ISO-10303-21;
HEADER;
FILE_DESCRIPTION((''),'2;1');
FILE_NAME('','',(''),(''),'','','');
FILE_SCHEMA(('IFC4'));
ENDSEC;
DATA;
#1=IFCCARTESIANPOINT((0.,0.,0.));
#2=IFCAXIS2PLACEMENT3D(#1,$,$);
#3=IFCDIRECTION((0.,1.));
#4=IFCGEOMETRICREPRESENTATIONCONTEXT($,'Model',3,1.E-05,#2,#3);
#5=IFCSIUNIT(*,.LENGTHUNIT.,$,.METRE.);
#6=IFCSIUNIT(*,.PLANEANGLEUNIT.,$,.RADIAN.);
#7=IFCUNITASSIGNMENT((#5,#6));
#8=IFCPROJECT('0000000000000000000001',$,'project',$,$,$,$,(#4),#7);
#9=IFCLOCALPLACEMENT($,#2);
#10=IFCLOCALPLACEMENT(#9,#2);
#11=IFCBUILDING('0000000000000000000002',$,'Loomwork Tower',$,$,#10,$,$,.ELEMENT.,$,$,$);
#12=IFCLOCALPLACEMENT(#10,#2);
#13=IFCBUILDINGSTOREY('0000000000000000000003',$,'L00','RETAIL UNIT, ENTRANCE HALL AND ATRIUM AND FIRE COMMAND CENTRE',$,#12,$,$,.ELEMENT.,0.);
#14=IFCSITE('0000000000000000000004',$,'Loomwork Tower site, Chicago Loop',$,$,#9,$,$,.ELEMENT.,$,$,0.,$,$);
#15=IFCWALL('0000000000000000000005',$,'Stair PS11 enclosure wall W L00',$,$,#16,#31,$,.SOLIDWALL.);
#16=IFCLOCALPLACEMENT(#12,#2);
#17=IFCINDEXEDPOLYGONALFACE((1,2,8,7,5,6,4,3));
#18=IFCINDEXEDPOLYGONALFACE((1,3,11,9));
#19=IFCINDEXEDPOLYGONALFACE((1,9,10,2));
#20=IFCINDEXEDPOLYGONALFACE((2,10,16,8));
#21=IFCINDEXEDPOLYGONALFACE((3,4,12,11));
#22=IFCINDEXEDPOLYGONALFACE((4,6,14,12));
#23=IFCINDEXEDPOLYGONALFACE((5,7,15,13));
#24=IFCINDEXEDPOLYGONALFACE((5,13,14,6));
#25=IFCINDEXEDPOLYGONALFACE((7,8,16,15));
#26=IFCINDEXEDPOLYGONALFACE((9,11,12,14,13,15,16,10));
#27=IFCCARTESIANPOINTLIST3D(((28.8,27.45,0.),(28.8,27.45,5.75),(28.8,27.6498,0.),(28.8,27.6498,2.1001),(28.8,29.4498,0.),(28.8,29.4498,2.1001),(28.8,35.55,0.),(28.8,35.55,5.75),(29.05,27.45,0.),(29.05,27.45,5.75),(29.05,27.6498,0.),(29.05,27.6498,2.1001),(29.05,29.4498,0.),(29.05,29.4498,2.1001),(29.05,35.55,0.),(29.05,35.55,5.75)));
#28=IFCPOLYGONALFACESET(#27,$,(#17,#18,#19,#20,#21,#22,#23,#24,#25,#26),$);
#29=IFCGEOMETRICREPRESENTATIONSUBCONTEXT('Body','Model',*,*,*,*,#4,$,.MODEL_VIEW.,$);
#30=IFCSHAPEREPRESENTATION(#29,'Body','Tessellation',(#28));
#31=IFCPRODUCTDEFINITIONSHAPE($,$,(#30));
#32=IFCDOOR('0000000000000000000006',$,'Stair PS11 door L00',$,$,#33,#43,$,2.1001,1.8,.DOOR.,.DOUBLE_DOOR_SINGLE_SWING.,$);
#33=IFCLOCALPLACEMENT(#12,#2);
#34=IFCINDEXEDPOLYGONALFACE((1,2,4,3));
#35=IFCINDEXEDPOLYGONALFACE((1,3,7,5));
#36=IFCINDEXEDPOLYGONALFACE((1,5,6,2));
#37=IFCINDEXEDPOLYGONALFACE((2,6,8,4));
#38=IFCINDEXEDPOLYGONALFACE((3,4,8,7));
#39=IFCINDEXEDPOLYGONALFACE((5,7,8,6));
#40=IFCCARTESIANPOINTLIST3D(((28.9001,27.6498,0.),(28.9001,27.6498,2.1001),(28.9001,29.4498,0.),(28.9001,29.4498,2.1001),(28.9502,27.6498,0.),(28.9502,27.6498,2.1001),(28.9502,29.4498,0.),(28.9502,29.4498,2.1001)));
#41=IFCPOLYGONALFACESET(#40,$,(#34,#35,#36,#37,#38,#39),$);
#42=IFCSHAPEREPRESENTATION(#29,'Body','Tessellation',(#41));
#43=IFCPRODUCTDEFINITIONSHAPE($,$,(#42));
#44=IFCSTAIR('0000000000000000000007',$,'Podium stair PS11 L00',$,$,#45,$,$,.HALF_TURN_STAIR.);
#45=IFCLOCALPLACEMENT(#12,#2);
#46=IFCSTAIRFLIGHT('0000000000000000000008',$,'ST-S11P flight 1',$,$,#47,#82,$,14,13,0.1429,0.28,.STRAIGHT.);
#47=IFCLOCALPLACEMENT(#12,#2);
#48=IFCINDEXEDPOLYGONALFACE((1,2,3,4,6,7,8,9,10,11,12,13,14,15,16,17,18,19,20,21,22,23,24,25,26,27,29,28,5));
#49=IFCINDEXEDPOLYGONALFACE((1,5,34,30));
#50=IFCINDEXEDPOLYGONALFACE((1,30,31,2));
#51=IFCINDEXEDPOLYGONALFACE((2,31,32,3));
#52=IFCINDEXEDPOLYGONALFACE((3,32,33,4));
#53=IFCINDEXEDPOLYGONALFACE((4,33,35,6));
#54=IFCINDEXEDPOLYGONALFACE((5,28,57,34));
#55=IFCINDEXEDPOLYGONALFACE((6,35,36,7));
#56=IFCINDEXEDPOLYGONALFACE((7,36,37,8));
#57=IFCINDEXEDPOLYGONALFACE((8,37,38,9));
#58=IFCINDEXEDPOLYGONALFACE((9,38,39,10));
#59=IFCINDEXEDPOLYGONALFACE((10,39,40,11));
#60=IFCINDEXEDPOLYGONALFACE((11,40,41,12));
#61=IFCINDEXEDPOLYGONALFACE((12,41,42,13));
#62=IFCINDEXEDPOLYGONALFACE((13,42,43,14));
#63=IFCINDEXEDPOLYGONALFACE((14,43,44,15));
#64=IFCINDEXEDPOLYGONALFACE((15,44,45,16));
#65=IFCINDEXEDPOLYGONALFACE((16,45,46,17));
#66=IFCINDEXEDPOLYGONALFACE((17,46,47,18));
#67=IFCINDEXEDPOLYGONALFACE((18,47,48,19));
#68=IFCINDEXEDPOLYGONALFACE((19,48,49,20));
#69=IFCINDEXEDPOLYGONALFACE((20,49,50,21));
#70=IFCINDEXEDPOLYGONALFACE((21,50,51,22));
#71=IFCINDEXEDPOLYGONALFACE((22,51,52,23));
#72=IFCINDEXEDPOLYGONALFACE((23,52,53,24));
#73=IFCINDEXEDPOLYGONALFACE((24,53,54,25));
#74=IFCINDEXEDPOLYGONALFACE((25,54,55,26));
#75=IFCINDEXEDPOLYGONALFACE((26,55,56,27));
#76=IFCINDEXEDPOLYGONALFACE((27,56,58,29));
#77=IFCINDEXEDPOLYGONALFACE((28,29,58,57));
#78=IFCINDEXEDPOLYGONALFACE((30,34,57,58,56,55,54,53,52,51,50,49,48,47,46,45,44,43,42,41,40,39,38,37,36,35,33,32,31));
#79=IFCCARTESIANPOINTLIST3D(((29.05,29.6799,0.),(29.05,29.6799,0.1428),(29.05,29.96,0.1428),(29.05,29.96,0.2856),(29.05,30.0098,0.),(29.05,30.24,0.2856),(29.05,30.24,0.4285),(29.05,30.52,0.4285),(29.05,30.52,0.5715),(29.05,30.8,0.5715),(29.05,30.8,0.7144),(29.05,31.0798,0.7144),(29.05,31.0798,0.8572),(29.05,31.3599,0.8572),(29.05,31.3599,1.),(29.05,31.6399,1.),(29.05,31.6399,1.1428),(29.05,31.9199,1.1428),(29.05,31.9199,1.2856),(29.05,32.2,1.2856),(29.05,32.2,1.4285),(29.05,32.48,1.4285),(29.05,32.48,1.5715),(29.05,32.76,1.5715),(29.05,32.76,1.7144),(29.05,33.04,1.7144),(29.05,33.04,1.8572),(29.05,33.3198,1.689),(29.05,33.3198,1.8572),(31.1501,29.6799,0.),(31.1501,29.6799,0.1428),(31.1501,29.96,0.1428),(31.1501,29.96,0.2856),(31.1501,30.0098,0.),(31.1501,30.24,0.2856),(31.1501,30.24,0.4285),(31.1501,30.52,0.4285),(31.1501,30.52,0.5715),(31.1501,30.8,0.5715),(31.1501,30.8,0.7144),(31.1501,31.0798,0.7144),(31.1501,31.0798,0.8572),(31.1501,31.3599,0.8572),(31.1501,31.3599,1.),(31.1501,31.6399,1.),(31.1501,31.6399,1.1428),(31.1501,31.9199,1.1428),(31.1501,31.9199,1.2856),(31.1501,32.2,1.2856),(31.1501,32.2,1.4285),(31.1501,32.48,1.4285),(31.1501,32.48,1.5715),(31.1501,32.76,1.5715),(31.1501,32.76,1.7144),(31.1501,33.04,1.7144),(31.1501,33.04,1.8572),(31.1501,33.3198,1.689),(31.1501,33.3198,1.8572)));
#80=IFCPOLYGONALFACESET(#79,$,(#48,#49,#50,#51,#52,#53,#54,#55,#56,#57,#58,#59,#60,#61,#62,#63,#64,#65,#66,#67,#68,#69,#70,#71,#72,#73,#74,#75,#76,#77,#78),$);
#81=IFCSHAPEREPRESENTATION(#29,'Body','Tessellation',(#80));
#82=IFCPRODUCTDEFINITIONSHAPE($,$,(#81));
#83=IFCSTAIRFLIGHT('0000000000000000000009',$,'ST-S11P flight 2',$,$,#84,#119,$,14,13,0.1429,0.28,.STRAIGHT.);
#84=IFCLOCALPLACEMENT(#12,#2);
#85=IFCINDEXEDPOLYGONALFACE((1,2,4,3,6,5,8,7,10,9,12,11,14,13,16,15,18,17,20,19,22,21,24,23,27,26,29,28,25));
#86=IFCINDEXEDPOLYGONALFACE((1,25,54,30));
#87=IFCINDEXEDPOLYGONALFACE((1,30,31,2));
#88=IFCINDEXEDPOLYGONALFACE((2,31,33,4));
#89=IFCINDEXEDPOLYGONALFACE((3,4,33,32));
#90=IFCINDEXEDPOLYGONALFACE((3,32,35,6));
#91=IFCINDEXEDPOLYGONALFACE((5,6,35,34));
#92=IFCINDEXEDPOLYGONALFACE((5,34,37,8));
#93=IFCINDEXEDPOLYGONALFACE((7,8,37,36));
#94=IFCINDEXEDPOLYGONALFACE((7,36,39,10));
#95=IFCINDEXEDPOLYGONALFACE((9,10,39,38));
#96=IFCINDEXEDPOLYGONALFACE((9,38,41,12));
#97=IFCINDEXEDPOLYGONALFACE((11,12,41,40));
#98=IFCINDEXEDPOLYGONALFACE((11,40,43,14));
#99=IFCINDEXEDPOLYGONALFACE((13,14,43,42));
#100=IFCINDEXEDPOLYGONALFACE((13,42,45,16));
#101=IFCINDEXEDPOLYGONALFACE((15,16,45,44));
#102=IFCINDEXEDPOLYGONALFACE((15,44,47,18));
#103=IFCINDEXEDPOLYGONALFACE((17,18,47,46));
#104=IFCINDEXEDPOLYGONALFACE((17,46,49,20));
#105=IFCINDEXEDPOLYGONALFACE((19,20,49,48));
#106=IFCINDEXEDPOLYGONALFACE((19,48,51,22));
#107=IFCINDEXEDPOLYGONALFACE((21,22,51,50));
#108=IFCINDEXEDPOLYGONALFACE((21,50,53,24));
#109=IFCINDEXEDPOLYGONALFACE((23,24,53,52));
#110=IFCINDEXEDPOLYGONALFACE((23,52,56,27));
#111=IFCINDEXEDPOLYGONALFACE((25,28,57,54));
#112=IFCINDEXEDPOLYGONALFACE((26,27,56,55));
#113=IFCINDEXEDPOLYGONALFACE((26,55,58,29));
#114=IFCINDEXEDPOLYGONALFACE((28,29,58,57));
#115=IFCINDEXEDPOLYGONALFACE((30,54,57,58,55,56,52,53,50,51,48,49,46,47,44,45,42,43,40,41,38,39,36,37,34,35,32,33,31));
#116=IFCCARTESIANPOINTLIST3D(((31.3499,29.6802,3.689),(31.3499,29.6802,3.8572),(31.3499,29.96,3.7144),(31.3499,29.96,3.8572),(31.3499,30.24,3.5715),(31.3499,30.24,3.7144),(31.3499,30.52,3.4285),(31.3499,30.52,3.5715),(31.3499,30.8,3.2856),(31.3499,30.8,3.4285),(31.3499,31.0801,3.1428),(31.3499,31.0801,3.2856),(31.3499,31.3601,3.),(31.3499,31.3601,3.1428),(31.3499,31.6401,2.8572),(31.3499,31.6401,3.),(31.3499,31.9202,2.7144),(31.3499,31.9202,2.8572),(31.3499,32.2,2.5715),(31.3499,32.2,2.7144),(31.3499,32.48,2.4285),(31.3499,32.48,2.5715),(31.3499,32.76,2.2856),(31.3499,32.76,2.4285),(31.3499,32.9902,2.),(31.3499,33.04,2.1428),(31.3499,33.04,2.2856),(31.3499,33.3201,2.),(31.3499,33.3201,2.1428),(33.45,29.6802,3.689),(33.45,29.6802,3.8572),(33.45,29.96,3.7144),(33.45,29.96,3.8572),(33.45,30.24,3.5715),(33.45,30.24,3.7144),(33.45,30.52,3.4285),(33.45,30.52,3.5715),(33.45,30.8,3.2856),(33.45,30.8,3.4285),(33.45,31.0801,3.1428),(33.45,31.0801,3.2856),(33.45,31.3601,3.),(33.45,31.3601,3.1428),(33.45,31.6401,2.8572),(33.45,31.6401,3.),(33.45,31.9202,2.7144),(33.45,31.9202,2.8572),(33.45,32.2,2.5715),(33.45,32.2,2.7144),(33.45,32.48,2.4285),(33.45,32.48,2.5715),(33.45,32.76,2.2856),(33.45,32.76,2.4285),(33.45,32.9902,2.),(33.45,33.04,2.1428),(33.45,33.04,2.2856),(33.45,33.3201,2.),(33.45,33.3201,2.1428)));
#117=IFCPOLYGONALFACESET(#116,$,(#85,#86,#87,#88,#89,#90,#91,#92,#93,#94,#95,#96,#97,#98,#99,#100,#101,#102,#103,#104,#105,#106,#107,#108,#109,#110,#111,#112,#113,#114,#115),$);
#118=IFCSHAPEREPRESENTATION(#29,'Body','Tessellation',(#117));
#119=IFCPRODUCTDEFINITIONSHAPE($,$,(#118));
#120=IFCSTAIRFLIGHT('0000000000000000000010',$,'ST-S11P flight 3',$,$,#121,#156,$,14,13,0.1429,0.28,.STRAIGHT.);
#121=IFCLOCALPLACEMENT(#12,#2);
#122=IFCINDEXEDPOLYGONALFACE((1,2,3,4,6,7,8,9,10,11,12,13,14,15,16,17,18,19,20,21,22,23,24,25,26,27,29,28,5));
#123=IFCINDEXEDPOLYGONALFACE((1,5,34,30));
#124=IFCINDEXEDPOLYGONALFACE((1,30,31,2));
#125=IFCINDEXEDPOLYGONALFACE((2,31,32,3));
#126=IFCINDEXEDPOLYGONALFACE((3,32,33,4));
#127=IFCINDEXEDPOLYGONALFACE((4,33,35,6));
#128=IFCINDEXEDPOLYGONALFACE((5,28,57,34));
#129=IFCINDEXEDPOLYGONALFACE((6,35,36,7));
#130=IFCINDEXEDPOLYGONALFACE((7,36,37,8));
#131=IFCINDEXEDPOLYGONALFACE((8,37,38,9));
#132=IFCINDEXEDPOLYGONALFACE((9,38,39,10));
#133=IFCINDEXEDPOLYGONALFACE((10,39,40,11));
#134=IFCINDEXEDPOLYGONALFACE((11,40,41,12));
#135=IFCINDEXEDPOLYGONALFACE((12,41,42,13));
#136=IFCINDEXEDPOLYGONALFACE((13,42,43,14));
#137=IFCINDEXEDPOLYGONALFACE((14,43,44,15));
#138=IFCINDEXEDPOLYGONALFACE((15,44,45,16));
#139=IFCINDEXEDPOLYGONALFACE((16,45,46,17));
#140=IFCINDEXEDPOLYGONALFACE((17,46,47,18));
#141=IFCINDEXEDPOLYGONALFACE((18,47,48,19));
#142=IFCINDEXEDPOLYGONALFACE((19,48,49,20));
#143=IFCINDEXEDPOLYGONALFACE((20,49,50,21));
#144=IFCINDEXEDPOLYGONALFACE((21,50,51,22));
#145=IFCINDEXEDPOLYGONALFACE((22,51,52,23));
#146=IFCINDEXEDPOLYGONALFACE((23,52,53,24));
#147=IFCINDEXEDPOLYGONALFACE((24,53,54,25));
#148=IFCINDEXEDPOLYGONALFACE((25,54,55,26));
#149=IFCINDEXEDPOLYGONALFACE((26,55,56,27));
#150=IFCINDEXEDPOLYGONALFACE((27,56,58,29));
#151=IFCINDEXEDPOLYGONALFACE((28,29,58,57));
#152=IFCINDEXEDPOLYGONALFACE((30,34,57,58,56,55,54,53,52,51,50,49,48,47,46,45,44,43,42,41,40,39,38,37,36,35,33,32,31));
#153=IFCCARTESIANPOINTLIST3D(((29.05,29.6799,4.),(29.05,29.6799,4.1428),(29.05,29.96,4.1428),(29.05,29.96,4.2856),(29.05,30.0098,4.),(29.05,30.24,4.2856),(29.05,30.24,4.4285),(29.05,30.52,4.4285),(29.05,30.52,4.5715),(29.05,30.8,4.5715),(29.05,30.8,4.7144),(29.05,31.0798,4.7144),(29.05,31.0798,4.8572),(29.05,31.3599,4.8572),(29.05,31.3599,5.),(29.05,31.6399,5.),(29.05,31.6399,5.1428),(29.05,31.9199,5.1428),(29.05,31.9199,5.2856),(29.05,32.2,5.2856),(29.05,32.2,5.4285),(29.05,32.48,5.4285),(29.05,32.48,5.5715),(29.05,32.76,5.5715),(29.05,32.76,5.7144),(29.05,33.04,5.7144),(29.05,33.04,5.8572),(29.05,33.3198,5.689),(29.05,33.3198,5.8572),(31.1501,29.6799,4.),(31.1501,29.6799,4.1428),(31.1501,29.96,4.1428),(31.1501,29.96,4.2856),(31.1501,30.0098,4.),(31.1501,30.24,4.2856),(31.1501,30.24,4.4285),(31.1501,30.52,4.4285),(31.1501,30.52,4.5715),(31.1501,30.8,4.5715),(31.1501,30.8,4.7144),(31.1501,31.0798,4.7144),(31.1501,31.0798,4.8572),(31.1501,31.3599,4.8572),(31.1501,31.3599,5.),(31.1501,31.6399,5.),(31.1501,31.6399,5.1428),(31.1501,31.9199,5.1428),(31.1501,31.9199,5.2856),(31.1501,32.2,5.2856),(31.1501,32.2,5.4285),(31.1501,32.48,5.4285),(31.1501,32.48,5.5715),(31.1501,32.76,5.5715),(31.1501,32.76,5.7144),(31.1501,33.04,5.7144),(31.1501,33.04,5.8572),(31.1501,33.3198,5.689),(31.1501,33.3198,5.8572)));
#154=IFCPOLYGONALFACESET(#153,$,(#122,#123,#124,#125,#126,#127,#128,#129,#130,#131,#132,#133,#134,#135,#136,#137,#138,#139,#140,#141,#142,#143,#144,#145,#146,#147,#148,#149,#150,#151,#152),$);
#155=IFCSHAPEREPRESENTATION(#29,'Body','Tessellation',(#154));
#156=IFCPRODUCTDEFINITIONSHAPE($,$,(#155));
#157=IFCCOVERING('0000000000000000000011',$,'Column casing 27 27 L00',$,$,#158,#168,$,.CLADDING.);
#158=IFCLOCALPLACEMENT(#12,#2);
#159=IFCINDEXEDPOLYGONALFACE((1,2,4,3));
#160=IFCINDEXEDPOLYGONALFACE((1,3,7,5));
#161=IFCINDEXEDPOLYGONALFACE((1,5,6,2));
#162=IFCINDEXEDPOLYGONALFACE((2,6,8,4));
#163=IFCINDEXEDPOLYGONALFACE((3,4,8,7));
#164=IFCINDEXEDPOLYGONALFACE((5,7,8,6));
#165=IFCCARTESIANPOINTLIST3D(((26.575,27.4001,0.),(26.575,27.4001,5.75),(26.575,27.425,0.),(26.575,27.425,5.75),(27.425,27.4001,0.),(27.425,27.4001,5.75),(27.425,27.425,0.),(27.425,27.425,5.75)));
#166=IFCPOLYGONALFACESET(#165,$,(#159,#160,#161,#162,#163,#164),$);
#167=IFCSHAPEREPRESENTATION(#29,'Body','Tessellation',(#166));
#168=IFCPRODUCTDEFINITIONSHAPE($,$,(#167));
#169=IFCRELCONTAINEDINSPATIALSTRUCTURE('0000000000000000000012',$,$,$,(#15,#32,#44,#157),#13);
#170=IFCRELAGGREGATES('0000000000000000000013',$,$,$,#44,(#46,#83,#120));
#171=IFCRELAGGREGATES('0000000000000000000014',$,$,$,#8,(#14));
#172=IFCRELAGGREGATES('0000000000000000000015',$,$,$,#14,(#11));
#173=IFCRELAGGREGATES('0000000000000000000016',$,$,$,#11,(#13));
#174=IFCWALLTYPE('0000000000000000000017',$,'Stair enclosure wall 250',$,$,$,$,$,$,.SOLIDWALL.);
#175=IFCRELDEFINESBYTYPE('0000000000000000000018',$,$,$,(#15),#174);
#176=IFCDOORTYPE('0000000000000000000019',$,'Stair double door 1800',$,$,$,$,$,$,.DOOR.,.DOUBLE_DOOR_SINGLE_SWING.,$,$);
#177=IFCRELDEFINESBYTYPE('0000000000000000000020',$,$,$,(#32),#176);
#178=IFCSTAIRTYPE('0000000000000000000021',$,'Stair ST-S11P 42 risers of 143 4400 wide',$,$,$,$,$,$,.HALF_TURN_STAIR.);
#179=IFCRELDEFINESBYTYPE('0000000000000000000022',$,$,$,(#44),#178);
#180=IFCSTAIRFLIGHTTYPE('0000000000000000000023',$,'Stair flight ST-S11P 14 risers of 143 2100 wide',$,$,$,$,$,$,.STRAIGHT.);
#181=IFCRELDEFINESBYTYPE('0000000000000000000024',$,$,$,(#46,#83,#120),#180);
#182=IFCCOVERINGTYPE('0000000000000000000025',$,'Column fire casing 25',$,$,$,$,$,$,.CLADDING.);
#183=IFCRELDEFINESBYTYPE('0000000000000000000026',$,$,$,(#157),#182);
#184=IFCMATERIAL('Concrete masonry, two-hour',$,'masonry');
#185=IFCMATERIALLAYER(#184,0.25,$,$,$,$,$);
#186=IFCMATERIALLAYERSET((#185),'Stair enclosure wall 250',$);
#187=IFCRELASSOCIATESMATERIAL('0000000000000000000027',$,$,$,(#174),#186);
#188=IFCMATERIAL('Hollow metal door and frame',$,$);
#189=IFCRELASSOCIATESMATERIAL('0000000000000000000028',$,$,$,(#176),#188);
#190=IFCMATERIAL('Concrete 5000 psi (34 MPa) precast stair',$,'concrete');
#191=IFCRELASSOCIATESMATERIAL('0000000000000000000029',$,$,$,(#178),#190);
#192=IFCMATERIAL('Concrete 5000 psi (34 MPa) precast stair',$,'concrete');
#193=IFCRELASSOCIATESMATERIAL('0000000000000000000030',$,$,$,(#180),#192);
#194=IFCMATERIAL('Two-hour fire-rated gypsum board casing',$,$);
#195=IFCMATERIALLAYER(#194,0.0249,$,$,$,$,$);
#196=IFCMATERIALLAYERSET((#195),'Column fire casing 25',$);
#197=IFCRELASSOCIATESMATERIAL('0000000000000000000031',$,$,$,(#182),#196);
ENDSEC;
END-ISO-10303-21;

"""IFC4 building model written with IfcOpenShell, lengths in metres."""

from ifc_helpers import new_model, si_unit, direction, frame, frame_2d, origin, origin_2d, place, context, subcontext, project, spatial, polyline, rectangle, outline, extrude, material, layer, layer_set, type_object, element, fill, aggregate, save


model = new_model("IFC4")

# Units and contexts
model_context = context("Model", 3, precision=1e-05, world=origin(), true_north=direction((0.0, 1.0)))
body_context = subcontext(model_context, "Body", "Model", "MODEL_VIEW")
ifc_project = project(units=[si_unit("LENGTHUNIT", "METRE"), si_unit("PLANEANGLEUNIT", "RADIAN")], contexts=[model_context])

# Site, building, storey
site_placement = place(None, origin())
site = spatial("IfcSite", under=ifc_project, at=site_placement, Name="Loomwork Tower site, Chicago Loop", CompositionType="ELEMENT", RefElevation=0.0)
building_placement = place(site_placement, origin())
building = spatial("IfcBuilding", under=site, at=building_placement, Name="Loomwork Tower", CompositionType="ELEMENT")
storey_placement = place(building_placement, origin())
storey = spatial("IfcBuildingStorey", under=building, at=storey_placement, Name="L00", Description="RETAIL UNIT, ENTRANCE HALL AND ATRIUM AND FIRE COMMAND CENTRE", CompositionType="ELEMENT", Elevation=0.0)

# Shared definitions
ifc_material_1 = material(Name="Concrete masonry, two-hour", Category="masonry")
ifc_layer_1 = layer(ifc_material_1, 0.25)
ifc_layer_set_1 = layer_set([ifc_layer_1], Name="Stair enclosure wall 250")
wall_type_1 = type_object("IfcWallType", Name="Stair enclosure wall 250", PredefinedType="SOLIDWALL", material=ifc_layer_set_1)
ifc_material_2 = material(Name="Hollow metal door and frame")
door_type_1 = type_object("IfcDoorType", Name="Stair double door 1800", OperationType="DOUBLE_DOOR_SINGLE_SWING", PredefinedType="DOOR", material=ifc_material_2)

# Wall, opening, door
wall_1_placement = place(storey_placement, frame((28.925, 27.45, 0.0), z_axis=(0.0, 0.0, 1.0), x_axis=(0.0, 1.0, 0.0)))
wall_1 = element("IfcWall", 1, at=wall_1_placement, inside=storey, type_object=wall_type_1, Name="Stair PS11 enclosure wall W L00", PredefinedType="SOLIDWALL", context=body_context, shape_type="SweptSolid", body=[
    extrude(rectangle(XDim=8.1001, YDim=0.25, at=frame_2d((4.05, 0.0))), origin(), (0.0, 0.0, 1.0), 5.75),
])
opening_1_placement = place(wall_1_placement, frame((0.2, 0.0, 0.0)))
opening_1 = element("IfcOpeningElement", 2, at=opening_1_placement, cuts=wall_1, PredefinedType="OPENING", context=body_context, shape_type="SweptSolid", body=[
    extrude(rectangle(XDim=1.8, YDim=2.1001, at=frame_2d((0.8999, 1.05))), frame((0.0, 0.135, 0.0), z_axis=(0.0, -1.0, 0.0), x_axis=(1.0, 0.0, 0.0)), (0.0, 0.0, 1.0), 0.27),
])
door_1_placement = place(opening_1_placement, origin())
door_1 = element("IfcDoor", 3, at=door_1_placement, inside=storey, type_object=door_type_1, Name="Stair PS11 door L00", OperationType="DOUBLE_DOOR_SINGLE_SWING", OverallHeight=2.1001, OverallWidth=1.8, PredefinedType="DOOR", context=body_context, shape_type="SweptSolid", body=[
    extrude(rectangle(XDim=1.8, YDim=2.1001, at=frame_2d((0.8999, 1.05))), frame((0.0, 0.0249, 0.0), z_axis=(0.0, -1.0, 0.0), x_axis=(1.0, 0.0, 0.0)), (0.0, 0.0, 1.0), 0.05),
])
fill(opening_1, door_1)

# Stair, stair flights
ifc_material_3 = material(Name="Concrete 5000 psi (34 MPa) precast stair", Category="concrete")
stair_type = type_object("IfcStairType", Name="Stair ST-S11P 42 risers of 143 4400 wide", PredefinedType="HALF_TURN_STAIR", material=ifc_material_3)
stair_placement = place(storey_placement, origin())
stair = element("IfcStair", 4, at=stair_placement, inside=storey, type_object=stair_type, Name="Podium stair PS11 L00", PredefinedType="HALF_TURN_STAIR")
ifc_material_4 = material(Name="Concrete 5000 psi (34 MPa) precast stair", Category="concrete")
stair_flight_type = type_object("IfcStairFlightType", Name="Stair flight ST-S11P 14 risers of 143 2100 wide", PredefinedType="STRAIGHT", material=ifc_material_4)
stair_flight_1_placement = place(storey_placement, frame((30.1001, 29.6799, 0.0), z_axis=(0.0, 0.0, 1.0), x_axis=(0.0, 1.0, 0.0)))
stair_flight_1 = element("IfcStairFlight", 5, at=stair_flight_1_placement, type_object=stair_flight_type, Name="ST-S11P flight 1", NumberOfRisers=14, NumberOfTreads=13, PredefinedType="STRAIGHT", RiserHeight=0.1429, TreadLength=0.28, context=body_context, shape_type="SweptSolid", body=[
    extrude(outline(polyline([(0.0, 0.0), (0.0, 0.1428), (0.28, 0.1428), (0.28, 0.2856), (0.5601, 0.2856), (0.5601, 0.4285), (0.8401, 0.4285), (0.8401, 0.5715), (1.1201, 0.5715), (1.1201, 0.7144), (1.3999, 0.7144), (1.3999, 0.8572), (1.6799, 0.8572), (1.6799, 1.0), (1.96, 1.0), (1.96, 1.1428), (2.24, 1.1428), (2.24, 1.2856), (2.52, 1.2856), (2.52, 1.4285), (2.8, 1.4285), (2.8, 1.5715), (3.0801, 1.5715), (3.0801, 1.7144), (3.3601, 1.7144), (3.3601, 1.8572), (3.6399, 1.8572), (3.6399, 2.0), (3.6399, 1.689), (0.3298, 0.0), (0.0, 0.0)])), frame((0.0, 1.05, 0.0), z_axis=(0.0, -1.0, 0.0), x_axis=(1.0, 0.0, 0.0)), (0.0, 0.0, 1.0), 2.1001),
])
stair_flight_2_placement = place(storey_placement, frame((32.3999, 33.3201, 2.0), z_axis=(0.0, 0.0, 1.0), x_axis=(0.0, -1.0, 0.0)))
stair_flight_2 = element("IfcStairFlight", 6, at=stair_flight_2_placement, type_object=stair_flight_type, Name="ST-S11P flight 2", NumberOfRisers=14, NumberOfTreads=13, PredefinedType="STRAIGHT", RiserHeight=0.1429, TreadLength=0.28, context=body_context, shape_type="SweptSolid", body=[
    extrude(outline(polyline([(0.0, 0.0), (0.0, 0.1428), (0.28, 0.1428), (0.28, 0.2856), (0.5601, 0.2856), (0.5601, 0.4285), (0.8401, 0.4285), (0.8401, 0.5715), (1.1201, 0.5715), (1.1201, 0.7144), (1.3999, 0.7144), (1.3999, 0.8572), (1.6799, 0.8572), (1.6799, 1.0), (1.96, 1.0), (1.96, 1.1428), (2.24, 1.1428), (2.24, 1.2856), (2.52, 1.2856), (2.52, 1.4285), (2.8, 1.4285), (2.8, 1.5715), (3.0801, 1.5715), (3.0801, 1.7144), (3.3601, 1.7144), (3.3601, 1.8572), (3.6399, 1.8572), (3.6399, 2.0), (3.6399, 1.689), (0.3298, 0.0), (0.0, 0.0)])), frame((0.0, 1.05, 0.0), z_axis=(0.0, -1.0, 0.0), x_axis=(1.0, 0.0, 0.0)), (0.0, 0.0, 1.0), 2.1001),
])
stair_flight_3_placement = place(storey_placement, frame((30.1001, 29.6799, 4.0), z_axis=(0.0, 0.0, 1.0), x_axis=(0.0, 1.0, 0.0)))
stair_flight_3 = element("IfcStairFlight", 7, at=stair_flight_3_placement, type_object=stair_flight_type, Name="ST-S11P flight 3", NumberOfRisers=14, NumberOfTreads=13, PredefinedType="STRAIGHT", RiserHeight=0.1429, TreadLength=0.28, context=body_context, shape_type="SweptSolid", body=[
    extrude(outline(polyline([(0.0, 0.0), (0.0, 0.1428), (0.28, 0.1428), (0.28, 0.2856), (0.5601, 0.2856), (0.5601, 0.4285), (0.8401, 0.4285), (0.8401, 0.5715), (1.1201, 0.5715), (1.1201, 0.7144), (1.3999, 0.7144), (1.3999, 0.8572), (1.6799, 0.8572), (1.6799, 1.0), (1.96, 1.0), (1.96, 1.1428), (2.24, 1.1428), (2.24, 1.2856), (2.52, 1.2856), (2.52, 1.4285), (2.8, 1.4285), (2.8, 1.5715), (3.0801, 1.5715), (3.0801, 1.7144), (3.3601, 1.7144), (3.3601, 1.8572), (3.6399, 1.8572), (3.6399, 2.0), (3.6399, 1.689), (0.3298, 0.0), (0.0, 0.0)])), frame((0.0, 1.05, 0.0), z_axis=(0.0, -1.0, 0.0), x_axis=(1.0, 0.0, 0.0)), (0.0, 0.0, 1.0), 2.1001),
])
aggregate(stair, [stair_flight_1, stair_flight_2, stair_flight_3])

# Covering
ifc_material_5 = material(Name="Two-hour fire-rated gypsum board casing")
ifc_layer_2 = layer(ifc_material_5, 0.0249)
ifc_layer_set_2 = layer_set([ifc_layer_2], Name="Column fire casing 25")
covering_type_1 = type_object("IfcCoveringType", Name="Column fire casing 25", PredefinedType="CLADDING", material=ifc_layer_set_2)
covering_1_placement = place(storey_placement, frame((27.0, 27.4126, 0.0), z_axis=(0.0, 0.0, 1.0), x_axis=(1.0, 0.0, 0.0)))
element("IfcCovering", 8, at=covering_1_placement, inside=storey, type_object=covering_type_1, Name="Column casing 27 27 L00", PredefinedType="CLADDING", context=body_context, shape_type="SweptSolid", body=[
    extrude(rectangle(XDim=0.8501, YDim=0.0249, at=origin_2d()), origin(), (0.0, 0.0, 1.0), 5.75),
])

save(model, "model.ifc")
